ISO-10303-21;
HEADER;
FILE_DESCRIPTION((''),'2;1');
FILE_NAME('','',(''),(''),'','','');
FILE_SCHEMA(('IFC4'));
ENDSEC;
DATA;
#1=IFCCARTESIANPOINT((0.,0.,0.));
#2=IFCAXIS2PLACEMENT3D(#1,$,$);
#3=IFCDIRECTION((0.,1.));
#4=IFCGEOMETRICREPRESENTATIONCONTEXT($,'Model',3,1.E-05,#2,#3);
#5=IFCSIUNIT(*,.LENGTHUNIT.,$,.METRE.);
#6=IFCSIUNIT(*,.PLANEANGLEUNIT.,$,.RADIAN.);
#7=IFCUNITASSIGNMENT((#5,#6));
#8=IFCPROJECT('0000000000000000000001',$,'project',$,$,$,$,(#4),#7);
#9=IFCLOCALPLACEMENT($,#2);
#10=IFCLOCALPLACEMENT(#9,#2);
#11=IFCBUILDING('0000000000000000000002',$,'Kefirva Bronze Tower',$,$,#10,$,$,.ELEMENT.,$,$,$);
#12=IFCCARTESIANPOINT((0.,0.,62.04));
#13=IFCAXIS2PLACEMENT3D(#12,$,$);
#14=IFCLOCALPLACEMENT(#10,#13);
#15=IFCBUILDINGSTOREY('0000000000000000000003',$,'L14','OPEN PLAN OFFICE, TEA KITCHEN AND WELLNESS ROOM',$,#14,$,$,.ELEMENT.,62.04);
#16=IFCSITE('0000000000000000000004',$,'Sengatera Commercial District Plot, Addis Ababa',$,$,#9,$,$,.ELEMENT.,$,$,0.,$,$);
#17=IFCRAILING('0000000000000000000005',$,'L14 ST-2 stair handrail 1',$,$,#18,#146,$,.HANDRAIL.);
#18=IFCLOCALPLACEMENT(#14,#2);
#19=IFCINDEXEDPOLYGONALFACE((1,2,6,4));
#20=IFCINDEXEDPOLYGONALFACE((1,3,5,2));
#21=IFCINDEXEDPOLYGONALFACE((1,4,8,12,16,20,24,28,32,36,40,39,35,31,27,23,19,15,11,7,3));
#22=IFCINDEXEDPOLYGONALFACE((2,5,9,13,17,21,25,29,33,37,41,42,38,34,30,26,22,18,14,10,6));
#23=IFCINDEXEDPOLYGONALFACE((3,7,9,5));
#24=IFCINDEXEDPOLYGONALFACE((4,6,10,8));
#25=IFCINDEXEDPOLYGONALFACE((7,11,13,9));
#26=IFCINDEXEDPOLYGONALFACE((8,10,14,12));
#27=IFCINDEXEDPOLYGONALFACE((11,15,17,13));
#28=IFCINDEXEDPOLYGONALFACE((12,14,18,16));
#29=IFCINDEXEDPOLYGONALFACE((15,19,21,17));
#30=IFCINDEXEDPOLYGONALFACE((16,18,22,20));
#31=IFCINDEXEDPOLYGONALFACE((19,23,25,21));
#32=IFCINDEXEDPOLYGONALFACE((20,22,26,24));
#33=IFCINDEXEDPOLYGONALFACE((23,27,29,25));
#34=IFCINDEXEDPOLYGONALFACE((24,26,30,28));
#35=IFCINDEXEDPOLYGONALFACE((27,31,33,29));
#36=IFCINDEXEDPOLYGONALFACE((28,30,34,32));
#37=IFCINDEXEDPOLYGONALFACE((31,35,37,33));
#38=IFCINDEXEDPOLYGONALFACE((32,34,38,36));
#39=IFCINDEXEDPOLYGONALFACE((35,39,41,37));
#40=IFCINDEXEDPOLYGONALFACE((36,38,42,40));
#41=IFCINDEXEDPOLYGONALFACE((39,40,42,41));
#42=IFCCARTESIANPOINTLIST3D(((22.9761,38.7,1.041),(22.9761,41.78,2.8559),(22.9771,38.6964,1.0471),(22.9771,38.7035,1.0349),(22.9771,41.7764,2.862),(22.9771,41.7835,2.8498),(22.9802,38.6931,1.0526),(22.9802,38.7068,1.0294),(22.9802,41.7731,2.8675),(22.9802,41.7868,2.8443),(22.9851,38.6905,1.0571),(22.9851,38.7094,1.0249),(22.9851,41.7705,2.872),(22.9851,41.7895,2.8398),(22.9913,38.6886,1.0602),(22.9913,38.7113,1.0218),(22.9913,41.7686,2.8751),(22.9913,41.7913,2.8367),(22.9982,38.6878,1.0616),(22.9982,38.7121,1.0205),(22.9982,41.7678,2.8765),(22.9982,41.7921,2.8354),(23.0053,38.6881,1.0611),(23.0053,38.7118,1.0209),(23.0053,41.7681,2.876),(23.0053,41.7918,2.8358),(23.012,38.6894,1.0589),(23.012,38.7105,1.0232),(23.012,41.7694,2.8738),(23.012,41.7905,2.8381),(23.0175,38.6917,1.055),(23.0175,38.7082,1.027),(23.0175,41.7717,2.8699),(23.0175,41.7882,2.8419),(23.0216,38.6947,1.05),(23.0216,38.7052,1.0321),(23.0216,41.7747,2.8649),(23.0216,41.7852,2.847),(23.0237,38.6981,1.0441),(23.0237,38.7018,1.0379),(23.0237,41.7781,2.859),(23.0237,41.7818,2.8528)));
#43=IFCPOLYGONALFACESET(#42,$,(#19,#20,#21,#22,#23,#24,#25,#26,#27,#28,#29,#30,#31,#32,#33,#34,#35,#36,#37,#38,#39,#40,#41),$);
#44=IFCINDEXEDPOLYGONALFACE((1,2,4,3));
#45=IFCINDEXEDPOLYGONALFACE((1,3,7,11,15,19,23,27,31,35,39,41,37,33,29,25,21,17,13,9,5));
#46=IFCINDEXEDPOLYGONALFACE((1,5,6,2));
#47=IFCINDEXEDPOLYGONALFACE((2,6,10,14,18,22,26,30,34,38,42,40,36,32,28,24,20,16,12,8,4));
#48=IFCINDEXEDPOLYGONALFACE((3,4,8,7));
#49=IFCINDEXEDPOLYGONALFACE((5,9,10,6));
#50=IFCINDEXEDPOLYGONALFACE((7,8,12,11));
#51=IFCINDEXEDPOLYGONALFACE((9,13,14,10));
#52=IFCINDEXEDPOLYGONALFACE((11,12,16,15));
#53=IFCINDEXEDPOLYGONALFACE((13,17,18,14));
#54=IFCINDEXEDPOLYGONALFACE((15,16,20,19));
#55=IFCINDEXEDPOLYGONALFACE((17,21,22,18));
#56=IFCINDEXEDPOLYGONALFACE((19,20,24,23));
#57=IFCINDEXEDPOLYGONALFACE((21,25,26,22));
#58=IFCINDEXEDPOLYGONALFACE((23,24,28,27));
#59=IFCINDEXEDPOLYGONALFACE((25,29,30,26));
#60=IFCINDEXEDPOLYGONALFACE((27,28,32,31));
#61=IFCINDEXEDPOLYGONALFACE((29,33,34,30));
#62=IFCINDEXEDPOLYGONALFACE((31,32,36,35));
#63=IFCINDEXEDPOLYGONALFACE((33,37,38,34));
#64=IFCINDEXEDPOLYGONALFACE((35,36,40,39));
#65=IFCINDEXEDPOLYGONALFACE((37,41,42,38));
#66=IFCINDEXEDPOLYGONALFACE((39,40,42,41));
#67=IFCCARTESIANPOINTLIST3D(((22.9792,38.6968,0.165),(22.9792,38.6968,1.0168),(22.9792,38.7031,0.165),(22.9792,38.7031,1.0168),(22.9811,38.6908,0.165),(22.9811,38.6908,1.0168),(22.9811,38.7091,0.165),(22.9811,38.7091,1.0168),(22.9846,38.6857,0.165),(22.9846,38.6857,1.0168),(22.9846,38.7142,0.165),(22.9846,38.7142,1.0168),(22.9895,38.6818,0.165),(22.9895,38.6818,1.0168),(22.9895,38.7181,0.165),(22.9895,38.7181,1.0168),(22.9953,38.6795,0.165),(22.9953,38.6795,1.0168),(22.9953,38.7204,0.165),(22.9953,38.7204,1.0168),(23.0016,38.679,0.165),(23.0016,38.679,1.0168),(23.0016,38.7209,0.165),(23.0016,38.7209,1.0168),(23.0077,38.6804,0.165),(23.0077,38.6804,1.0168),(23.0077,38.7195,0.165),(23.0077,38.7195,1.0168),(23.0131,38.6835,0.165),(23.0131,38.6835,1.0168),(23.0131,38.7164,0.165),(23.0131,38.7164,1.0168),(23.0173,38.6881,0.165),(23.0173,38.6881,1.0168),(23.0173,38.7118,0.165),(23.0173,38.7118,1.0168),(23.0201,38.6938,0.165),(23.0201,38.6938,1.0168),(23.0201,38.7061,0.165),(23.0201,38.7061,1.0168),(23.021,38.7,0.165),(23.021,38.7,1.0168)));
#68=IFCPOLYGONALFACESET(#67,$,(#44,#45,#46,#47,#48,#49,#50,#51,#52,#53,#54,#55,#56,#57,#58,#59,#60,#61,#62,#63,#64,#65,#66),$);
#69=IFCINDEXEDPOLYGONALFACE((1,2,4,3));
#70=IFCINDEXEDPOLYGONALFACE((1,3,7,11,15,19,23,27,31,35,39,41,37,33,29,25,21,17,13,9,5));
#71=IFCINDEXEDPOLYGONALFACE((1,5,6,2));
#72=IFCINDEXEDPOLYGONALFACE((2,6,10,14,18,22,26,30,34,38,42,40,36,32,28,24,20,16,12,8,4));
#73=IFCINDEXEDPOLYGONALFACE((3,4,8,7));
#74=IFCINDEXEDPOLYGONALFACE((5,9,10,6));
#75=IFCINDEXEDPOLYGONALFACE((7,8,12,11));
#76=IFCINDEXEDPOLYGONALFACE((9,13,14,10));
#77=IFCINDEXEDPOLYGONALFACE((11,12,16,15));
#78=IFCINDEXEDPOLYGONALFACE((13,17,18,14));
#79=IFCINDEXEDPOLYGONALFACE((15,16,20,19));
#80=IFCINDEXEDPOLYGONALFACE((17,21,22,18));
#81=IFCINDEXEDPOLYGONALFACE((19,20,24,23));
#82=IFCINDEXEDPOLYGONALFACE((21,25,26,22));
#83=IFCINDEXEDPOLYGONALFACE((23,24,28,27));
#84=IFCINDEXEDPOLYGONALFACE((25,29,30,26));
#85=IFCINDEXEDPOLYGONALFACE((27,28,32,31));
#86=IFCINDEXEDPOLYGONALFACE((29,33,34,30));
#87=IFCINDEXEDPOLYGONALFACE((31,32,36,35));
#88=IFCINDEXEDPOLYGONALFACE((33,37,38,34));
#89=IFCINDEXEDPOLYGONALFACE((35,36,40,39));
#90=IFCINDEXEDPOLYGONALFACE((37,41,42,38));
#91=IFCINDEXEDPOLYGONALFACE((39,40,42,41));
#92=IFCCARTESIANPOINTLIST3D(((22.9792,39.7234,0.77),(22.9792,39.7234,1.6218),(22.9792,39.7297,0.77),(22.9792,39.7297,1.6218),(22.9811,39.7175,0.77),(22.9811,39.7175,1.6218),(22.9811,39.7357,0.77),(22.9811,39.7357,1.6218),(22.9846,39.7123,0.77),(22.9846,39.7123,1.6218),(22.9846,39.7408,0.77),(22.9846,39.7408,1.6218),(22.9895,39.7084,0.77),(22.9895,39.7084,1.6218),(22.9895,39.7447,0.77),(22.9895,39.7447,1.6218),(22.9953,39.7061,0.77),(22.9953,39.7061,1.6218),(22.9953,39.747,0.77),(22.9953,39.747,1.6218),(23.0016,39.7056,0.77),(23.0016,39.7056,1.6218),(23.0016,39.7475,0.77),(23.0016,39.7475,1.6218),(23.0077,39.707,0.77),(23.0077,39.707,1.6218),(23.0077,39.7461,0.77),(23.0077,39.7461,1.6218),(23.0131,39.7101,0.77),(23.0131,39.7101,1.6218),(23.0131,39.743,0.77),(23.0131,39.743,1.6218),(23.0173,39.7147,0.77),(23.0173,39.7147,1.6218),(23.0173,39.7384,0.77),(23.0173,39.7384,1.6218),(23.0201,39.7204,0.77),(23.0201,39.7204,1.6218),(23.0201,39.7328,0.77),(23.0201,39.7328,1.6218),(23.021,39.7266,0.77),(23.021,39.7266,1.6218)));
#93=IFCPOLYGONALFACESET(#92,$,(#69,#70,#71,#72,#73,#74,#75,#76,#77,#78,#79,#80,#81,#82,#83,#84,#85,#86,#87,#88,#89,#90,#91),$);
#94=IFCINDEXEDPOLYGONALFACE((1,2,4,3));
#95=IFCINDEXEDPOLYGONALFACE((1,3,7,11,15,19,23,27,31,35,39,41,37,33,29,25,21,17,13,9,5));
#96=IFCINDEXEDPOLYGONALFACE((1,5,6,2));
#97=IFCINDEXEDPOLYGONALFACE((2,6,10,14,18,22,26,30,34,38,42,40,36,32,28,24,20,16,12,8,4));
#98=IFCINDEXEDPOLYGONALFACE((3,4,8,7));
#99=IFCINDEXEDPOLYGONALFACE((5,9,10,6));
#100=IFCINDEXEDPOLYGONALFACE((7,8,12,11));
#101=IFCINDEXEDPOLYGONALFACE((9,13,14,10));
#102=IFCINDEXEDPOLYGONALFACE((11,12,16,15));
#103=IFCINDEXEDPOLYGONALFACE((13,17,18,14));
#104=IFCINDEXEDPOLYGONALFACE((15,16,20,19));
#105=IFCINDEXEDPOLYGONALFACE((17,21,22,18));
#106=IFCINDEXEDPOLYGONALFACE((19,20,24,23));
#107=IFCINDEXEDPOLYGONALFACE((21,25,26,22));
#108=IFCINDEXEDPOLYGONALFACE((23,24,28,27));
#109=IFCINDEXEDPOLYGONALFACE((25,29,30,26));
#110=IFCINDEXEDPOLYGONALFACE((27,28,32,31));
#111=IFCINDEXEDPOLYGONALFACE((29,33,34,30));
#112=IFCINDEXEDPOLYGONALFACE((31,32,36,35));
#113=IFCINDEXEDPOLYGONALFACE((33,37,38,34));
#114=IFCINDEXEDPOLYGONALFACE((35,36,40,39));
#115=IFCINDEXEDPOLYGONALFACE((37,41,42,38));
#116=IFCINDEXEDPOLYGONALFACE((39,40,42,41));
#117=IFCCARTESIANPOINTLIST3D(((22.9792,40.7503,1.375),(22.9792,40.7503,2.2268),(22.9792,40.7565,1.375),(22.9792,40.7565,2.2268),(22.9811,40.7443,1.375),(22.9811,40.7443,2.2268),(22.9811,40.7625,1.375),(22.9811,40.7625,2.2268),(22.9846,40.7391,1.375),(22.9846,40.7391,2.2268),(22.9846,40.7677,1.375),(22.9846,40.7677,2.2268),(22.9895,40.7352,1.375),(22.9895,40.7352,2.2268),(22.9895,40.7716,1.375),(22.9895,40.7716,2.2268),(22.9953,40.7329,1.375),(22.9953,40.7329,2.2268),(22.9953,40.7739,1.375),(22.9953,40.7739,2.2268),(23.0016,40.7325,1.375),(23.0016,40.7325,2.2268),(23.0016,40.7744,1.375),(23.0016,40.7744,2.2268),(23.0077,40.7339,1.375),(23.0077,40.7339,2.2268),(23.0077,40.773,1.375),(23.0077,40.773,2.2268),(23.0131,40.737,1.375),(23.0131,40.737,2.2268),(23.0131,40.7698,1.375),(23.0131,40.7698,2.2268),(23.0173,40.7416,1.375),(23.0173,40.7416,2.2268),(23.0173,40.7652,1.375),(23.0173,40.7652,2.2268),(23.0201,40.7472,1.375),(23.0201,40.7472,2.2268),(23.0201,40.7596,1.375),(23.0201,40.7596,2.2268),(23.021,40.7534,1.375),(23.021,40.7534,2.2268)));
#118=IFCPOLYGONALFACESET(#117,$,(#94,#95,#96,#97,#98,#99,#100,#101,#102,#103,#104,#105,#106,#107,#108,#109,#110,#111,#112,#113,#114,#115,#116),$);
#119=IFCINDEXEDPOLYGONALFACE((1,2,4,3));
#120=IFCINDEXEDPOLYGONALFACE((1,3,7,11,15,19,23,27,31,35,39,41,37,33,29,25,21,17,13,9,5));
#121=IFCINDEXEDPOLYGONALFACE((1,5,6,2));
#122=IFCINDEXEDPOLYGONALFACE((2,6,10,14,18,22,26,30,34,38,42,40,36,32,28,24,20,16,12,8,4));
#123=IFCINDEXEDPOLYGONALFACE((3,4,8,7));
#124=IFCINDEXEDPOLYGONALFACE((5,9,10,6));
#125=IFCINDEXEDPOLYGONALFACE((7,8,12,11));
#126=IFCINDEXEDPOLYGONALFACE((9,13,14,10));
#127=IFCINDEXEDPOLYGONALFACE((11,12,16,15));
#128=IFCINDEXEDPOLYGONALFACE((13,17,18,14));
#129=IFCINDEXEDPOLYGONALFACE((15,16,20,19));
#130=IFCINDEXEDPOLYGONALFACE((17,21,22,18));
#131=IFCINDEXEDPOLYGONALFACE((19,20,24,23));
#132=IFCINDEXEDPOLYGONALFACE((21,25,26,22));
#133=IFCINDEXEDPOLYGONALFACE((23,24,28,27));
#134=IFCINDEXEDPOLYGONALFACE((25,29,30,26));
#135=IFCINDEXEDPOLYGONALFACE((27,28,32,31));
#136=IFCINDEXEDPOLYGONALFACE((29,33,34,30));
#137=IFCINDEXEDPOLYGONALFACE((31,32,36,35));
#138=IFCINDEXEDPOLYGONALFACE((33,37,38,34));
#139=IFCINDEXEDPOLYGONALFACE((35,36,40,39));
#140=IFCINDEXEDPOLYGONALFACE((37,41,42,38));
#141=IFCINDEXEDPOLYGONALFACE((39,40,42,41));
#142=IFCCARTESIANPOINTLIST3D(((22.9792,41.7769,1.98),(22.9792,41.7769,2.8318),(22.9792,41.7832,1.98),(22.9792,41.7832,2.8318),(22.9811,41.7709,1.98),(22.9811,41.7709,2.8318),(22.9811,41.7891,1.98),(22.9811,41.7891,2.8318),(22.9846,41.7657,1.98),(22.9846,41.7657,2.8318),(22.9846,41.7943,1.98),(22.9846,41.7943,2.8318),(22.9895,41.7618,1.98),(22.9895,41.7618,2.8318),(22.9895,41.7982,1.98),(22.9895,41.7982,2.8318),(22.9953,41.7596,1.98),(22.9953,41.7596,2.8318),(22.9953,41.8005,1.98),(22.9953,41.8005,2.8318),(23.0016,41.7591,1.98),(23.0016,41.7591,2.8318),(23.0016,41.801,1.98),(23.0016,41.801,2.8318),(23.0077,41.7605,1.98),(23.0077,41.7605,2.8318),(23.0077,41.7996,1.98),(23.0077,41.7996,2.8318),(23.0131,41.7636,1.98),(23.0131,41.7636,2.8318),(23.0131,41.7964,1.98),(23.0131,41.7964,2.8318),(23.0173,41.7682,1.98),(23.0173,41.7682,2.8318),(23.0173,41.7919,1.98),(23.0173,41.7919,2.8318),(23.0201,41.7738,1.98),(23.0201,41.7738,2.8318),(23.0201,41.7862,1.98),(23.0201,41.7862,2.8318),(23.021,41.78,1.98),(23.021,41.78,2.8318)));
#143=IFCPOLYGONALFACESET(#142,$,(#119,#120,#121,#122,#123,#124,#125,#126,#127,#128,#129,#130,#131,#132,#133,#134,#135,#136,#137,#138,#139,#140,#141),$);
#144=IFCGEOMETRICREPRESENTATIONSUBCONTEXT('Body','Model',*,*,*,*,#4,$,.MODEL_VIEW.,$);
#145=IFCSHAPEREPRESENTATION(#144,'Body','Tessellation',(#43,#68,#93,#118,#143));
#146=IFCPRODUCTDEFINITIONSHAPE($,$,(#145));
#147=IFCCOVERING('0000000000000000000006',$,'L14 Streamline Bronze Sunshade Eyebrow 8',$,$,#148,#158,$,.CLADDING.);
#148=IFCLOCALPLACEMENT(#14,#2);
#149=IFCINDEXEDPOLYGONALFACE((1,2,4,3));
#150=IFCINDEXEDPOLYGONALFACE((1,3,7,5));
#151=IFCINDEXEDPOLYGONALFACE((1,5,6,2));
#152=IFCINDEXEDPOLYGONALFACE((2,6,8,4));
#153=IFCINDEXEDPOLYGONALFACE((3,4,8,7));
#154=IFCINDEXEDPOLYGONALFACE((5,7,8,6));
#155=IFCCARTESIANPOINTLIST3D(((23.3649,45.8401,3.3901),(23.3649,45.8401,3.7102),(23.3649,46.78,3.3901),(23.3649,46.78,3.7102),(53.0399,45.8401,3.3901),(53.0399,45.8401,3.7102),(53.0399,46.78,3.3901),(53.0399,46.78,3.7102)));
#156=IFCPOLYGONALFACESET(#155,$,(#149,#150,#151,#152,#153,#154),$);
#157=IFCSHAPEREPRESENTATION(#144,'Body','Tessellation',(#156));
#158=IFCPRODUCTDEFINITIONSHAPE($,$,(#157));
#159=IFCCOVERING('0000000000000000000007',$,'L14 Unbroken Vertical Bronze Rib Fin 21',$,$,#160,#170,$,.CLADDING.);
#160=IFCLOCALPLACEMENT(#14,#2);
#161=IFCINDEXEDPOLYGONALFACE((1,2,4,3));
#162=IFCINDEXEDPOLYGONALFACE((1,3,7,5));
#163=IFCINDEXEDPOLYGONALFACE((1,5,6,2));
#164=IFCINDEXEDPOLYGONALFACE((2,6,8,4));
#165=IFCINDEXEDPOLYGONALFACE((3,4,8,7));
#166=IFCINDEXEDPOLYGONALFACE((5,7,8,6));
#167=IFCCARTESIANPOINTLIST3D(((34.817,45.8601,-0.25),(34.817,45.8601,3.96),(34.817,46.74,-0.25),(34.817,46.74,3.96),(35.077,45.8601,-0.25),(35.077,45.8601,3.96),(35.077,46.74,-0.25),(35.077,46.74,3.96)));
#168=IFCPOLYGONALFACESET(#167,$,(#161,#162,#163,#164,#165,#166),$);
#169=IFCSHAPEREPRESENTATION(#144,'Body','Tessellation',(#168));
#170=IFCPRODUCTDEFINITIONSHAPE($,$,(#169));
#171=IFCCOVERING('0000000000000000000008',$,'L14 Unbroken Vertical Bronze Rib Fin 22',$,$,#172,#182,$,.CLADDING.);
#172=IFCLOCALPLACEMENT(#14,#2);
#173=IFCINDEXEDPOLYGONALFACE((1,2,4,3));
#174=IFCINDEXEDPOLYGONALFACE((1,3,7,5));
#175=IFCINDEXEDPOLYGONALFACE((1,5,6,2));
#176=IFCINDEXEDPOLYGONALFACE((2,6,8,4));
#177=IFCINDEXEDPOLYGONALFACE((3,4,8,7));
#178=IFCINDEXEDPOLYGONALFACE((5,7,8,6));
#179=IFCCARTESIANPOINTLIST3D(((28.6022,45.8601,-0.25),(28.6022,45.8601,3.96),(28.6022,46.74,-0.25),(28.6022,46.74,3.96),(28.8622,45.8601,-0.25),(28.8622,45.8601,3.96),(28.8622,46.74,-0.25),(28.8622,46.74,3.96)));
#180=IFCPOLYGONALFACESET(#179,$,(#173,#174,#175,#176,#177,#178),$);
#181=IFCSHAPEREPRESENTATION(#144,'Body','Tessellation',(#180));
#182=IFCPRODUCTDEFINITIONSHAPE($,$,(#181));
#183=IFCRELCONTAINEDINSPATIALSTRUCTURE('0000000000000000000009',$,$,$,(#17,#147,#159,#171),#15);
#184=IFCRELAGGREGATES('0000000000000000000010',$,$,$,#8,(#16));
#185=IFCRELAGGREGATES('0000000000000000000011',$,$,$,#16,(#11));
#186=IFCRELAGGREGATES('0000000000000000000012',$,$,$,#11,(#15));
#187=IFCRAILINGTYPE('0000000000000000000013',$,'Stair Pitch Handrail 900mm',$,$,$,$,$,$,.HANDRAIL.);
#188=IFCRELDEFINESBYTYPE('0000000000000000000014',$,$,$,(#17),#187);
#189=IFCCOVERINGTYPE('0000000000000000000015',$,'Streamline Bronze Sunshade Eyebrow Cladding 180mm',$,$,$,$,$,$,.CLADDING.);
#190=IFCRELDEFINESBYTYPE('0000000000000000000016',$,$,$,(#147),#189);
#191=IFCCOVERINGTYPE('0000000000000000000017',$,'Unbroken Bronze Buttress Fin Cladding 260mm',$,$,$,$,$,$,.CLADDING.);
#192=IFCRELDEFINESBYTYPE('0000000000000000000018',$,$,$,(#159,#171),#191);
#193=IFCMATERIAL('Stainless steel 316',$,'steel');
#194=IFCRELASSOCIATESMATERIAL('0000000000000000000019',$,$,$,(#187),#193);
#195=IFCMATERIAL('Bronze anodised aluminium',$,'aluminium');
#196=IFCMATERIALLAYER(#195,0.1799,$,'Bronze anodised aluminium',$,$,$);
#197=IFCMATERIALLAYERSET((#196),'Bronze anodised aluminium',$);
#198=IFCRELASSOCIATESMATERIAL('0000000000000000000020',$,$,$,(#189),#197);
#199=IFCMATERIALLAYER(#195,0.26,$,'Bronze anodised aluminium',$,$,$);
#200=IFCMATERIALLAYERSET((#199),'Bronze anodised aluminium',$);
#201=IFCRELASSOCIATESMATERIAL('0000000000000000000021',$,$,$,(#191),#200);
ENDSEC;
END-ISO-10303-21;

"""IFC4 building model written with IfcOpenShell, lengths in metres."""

from ifc_helpers import new_model, si_unit, direction, frame, origin, origin_2d, place, context, subcontext, project, spatial, rectangle, circle, extrude, material, layer, layer_set, type_object, element, save


model = new_model("IFC4")

# Units and contexts
model_context = context("Model", 3, precision=1e-05, world=origin(), true_north=direction((0.0, 1.0)))
body_context = subcontext(model_context, "Body", "Model", "MODEL_VIEW")
ifc_project = project(units=[si_unit("LENGTHUNIT", "METRE"), si_unit("PLANEANGLEUNIT", "RADIAN")], contexts=[model_context])

# Site, building, storey
site_placement = place(None, origin())
site = spatial("IfcSite", under=ifc_project, at=site_placement, Name="Sengatera Commercial District Plot, Addis Ababa", CompositionType="ELEMENT", RefElevation=0.0)
building_placement = place(site_placement, origin())
building = spatial("IfcBuilding", under=site, at=building_placement, Name="Kefirva Bronze Tower", CompositionType="ELEMENT")
storey_placement = place(building_placement, frame((0.0, 0.0, 62.04)))
storey = spatial("IfcBuildingStorey", under=building, at=storey_placement, Name="L14", Description="OPEN PLAN OFFICE, TEA KITCHEN AND WELLNESS ROOM", CompositionType="ELEMENT", Elevation=62.04)

# Shared definitions
ifc_material_1 = material(Name="Bronze anodised aluminium", Category="aluminium")

# Railing
ifc_material_2 = material(Name="Stainless steel 316", Category="steel")
railing_type_1 = type_object("IfcRailingType", Name="Stair Pitch Handrail 900mm", PredefinedType="HANDRAIL", material=ifc_material_2)
railing_1_placement = place(storey_placement, frame((23.0, 38.7, 0.165)))
element("IfcRailing", 1, at=railing_1_placement, inside=storey, type_object=railing_type_1, Name="L14 ST-2 stair handrail 1", PredefinedType="HANDRAIL", context=body_context, shape_type="SweptSolid", body=[
    extrude(circle(Radius=0.0239, at=origin_2d()), frame((0.0, 0.0, 0.876), z_axis=(0.0, 0.861551, 0.507671), x_axis=(-1.0, 0.0, 0.0)), (0.0, 0.0, 1.0), 3.575),
    extrude(circle(Radius=0.021, at=origin_2d()), origin(), (0.0, 0.0, 1.0), 0.8518),
    extrude(circle(Radius=0.021, at=origin_2d()), frame((0.0, 1.0266, 0.605)), (0.0, 0.0, 1.0), 0.8518),
    extrude(circle(Radius=0.021, at=origin_2d()), frame((0.0, 2.0535, 1.21)), (0.0, 0.0, 1.0), 0.8518),
    extrude(circle(Radius=0.021, at=origin_2d()), frame((0.0, 3.0801, 1.8149)), (0.0, 0.0, 1.0), 0.8518),
])

# Coverings
ifc_layer_1 = layer(ifc_material_1, 0.1799, Name="Bronze anodised aluminium")
ifc_layer_set_1 = layer_set([ifc_layer_1], Name="Bronze anodised aluminium")
covering_type_1 = type_object("IfcCoveringType", Name="Streamline Bronze Sunshade Eyebrow Cladding 180mm", PredefinedType="CLADDING", material=ifc_layer_set_1)
covering_1_placement = place(storey_placement, frame((38.2024, 46.3101, 3.3901), z_axis=(0.0, 0.0, 1.0), x_axis=(-1.0, 0.0, 0.0)))
element("IfcCovering", 2, at=covering_1_placement, inside=storey, type_object=covering_type_1, Name="L14 Streamline Bronze Sunshade Eyebrow 8", PredefinedType="CLADDING", context=body_context, shape_type="SweptSolid", body=[
    extrude(rectangle(XDim=29.675, YDim=0.9399, at=origin_2d()), origin(), (0.0, 0.0, 1.0), 0.3201),
])
ifc_layer_2 = layer(ifc_material_1, 0.26, Name="Bronze anodised aluminium")
ifc_layer_set_2 = layer_set([ifc_layer_2], Name="Bronze anodised aluminium")
covering_type_2 = type_object("IfcCoveringType", Name="Unbroken Bronze Buttress Fin Cladding 260mm", PredefinedType="CLADDING", material=ifc_layer_set_2)
for number, where, z_axis, x_axis, name in (
    (3, (34.947, 46.3, -0.25), (0.0, 0.0, 1.0), (-1.0, 0.0, 0.0), "L14 Unbroken Vertical Bronze Rib Fin 21"),
    (4, (28.7322, 46.3, -0.25), (0.0, 0.0, 1.0), (-1.0, 0.0, 0.0), "L14 Unbroken Vertical Bronze Rib Fin 22"),
):
    element("IfcCovering", number, at=place(storey_placement, frame(where, z_axis=z_axis, x_axis=x_axis)), inside=storey, type_object=covering_type_2, Name=name, PredefinedType="CLADDING", context=body_context, shape_type="SweptSolid", body=[
        extrude(rectangle(XDim=0.26, YDim=0.8799, at=origin_2d()), origin(), (0.0, 0.0, 1.0), 4.21),
    ])

save(model, "model.ifc")
